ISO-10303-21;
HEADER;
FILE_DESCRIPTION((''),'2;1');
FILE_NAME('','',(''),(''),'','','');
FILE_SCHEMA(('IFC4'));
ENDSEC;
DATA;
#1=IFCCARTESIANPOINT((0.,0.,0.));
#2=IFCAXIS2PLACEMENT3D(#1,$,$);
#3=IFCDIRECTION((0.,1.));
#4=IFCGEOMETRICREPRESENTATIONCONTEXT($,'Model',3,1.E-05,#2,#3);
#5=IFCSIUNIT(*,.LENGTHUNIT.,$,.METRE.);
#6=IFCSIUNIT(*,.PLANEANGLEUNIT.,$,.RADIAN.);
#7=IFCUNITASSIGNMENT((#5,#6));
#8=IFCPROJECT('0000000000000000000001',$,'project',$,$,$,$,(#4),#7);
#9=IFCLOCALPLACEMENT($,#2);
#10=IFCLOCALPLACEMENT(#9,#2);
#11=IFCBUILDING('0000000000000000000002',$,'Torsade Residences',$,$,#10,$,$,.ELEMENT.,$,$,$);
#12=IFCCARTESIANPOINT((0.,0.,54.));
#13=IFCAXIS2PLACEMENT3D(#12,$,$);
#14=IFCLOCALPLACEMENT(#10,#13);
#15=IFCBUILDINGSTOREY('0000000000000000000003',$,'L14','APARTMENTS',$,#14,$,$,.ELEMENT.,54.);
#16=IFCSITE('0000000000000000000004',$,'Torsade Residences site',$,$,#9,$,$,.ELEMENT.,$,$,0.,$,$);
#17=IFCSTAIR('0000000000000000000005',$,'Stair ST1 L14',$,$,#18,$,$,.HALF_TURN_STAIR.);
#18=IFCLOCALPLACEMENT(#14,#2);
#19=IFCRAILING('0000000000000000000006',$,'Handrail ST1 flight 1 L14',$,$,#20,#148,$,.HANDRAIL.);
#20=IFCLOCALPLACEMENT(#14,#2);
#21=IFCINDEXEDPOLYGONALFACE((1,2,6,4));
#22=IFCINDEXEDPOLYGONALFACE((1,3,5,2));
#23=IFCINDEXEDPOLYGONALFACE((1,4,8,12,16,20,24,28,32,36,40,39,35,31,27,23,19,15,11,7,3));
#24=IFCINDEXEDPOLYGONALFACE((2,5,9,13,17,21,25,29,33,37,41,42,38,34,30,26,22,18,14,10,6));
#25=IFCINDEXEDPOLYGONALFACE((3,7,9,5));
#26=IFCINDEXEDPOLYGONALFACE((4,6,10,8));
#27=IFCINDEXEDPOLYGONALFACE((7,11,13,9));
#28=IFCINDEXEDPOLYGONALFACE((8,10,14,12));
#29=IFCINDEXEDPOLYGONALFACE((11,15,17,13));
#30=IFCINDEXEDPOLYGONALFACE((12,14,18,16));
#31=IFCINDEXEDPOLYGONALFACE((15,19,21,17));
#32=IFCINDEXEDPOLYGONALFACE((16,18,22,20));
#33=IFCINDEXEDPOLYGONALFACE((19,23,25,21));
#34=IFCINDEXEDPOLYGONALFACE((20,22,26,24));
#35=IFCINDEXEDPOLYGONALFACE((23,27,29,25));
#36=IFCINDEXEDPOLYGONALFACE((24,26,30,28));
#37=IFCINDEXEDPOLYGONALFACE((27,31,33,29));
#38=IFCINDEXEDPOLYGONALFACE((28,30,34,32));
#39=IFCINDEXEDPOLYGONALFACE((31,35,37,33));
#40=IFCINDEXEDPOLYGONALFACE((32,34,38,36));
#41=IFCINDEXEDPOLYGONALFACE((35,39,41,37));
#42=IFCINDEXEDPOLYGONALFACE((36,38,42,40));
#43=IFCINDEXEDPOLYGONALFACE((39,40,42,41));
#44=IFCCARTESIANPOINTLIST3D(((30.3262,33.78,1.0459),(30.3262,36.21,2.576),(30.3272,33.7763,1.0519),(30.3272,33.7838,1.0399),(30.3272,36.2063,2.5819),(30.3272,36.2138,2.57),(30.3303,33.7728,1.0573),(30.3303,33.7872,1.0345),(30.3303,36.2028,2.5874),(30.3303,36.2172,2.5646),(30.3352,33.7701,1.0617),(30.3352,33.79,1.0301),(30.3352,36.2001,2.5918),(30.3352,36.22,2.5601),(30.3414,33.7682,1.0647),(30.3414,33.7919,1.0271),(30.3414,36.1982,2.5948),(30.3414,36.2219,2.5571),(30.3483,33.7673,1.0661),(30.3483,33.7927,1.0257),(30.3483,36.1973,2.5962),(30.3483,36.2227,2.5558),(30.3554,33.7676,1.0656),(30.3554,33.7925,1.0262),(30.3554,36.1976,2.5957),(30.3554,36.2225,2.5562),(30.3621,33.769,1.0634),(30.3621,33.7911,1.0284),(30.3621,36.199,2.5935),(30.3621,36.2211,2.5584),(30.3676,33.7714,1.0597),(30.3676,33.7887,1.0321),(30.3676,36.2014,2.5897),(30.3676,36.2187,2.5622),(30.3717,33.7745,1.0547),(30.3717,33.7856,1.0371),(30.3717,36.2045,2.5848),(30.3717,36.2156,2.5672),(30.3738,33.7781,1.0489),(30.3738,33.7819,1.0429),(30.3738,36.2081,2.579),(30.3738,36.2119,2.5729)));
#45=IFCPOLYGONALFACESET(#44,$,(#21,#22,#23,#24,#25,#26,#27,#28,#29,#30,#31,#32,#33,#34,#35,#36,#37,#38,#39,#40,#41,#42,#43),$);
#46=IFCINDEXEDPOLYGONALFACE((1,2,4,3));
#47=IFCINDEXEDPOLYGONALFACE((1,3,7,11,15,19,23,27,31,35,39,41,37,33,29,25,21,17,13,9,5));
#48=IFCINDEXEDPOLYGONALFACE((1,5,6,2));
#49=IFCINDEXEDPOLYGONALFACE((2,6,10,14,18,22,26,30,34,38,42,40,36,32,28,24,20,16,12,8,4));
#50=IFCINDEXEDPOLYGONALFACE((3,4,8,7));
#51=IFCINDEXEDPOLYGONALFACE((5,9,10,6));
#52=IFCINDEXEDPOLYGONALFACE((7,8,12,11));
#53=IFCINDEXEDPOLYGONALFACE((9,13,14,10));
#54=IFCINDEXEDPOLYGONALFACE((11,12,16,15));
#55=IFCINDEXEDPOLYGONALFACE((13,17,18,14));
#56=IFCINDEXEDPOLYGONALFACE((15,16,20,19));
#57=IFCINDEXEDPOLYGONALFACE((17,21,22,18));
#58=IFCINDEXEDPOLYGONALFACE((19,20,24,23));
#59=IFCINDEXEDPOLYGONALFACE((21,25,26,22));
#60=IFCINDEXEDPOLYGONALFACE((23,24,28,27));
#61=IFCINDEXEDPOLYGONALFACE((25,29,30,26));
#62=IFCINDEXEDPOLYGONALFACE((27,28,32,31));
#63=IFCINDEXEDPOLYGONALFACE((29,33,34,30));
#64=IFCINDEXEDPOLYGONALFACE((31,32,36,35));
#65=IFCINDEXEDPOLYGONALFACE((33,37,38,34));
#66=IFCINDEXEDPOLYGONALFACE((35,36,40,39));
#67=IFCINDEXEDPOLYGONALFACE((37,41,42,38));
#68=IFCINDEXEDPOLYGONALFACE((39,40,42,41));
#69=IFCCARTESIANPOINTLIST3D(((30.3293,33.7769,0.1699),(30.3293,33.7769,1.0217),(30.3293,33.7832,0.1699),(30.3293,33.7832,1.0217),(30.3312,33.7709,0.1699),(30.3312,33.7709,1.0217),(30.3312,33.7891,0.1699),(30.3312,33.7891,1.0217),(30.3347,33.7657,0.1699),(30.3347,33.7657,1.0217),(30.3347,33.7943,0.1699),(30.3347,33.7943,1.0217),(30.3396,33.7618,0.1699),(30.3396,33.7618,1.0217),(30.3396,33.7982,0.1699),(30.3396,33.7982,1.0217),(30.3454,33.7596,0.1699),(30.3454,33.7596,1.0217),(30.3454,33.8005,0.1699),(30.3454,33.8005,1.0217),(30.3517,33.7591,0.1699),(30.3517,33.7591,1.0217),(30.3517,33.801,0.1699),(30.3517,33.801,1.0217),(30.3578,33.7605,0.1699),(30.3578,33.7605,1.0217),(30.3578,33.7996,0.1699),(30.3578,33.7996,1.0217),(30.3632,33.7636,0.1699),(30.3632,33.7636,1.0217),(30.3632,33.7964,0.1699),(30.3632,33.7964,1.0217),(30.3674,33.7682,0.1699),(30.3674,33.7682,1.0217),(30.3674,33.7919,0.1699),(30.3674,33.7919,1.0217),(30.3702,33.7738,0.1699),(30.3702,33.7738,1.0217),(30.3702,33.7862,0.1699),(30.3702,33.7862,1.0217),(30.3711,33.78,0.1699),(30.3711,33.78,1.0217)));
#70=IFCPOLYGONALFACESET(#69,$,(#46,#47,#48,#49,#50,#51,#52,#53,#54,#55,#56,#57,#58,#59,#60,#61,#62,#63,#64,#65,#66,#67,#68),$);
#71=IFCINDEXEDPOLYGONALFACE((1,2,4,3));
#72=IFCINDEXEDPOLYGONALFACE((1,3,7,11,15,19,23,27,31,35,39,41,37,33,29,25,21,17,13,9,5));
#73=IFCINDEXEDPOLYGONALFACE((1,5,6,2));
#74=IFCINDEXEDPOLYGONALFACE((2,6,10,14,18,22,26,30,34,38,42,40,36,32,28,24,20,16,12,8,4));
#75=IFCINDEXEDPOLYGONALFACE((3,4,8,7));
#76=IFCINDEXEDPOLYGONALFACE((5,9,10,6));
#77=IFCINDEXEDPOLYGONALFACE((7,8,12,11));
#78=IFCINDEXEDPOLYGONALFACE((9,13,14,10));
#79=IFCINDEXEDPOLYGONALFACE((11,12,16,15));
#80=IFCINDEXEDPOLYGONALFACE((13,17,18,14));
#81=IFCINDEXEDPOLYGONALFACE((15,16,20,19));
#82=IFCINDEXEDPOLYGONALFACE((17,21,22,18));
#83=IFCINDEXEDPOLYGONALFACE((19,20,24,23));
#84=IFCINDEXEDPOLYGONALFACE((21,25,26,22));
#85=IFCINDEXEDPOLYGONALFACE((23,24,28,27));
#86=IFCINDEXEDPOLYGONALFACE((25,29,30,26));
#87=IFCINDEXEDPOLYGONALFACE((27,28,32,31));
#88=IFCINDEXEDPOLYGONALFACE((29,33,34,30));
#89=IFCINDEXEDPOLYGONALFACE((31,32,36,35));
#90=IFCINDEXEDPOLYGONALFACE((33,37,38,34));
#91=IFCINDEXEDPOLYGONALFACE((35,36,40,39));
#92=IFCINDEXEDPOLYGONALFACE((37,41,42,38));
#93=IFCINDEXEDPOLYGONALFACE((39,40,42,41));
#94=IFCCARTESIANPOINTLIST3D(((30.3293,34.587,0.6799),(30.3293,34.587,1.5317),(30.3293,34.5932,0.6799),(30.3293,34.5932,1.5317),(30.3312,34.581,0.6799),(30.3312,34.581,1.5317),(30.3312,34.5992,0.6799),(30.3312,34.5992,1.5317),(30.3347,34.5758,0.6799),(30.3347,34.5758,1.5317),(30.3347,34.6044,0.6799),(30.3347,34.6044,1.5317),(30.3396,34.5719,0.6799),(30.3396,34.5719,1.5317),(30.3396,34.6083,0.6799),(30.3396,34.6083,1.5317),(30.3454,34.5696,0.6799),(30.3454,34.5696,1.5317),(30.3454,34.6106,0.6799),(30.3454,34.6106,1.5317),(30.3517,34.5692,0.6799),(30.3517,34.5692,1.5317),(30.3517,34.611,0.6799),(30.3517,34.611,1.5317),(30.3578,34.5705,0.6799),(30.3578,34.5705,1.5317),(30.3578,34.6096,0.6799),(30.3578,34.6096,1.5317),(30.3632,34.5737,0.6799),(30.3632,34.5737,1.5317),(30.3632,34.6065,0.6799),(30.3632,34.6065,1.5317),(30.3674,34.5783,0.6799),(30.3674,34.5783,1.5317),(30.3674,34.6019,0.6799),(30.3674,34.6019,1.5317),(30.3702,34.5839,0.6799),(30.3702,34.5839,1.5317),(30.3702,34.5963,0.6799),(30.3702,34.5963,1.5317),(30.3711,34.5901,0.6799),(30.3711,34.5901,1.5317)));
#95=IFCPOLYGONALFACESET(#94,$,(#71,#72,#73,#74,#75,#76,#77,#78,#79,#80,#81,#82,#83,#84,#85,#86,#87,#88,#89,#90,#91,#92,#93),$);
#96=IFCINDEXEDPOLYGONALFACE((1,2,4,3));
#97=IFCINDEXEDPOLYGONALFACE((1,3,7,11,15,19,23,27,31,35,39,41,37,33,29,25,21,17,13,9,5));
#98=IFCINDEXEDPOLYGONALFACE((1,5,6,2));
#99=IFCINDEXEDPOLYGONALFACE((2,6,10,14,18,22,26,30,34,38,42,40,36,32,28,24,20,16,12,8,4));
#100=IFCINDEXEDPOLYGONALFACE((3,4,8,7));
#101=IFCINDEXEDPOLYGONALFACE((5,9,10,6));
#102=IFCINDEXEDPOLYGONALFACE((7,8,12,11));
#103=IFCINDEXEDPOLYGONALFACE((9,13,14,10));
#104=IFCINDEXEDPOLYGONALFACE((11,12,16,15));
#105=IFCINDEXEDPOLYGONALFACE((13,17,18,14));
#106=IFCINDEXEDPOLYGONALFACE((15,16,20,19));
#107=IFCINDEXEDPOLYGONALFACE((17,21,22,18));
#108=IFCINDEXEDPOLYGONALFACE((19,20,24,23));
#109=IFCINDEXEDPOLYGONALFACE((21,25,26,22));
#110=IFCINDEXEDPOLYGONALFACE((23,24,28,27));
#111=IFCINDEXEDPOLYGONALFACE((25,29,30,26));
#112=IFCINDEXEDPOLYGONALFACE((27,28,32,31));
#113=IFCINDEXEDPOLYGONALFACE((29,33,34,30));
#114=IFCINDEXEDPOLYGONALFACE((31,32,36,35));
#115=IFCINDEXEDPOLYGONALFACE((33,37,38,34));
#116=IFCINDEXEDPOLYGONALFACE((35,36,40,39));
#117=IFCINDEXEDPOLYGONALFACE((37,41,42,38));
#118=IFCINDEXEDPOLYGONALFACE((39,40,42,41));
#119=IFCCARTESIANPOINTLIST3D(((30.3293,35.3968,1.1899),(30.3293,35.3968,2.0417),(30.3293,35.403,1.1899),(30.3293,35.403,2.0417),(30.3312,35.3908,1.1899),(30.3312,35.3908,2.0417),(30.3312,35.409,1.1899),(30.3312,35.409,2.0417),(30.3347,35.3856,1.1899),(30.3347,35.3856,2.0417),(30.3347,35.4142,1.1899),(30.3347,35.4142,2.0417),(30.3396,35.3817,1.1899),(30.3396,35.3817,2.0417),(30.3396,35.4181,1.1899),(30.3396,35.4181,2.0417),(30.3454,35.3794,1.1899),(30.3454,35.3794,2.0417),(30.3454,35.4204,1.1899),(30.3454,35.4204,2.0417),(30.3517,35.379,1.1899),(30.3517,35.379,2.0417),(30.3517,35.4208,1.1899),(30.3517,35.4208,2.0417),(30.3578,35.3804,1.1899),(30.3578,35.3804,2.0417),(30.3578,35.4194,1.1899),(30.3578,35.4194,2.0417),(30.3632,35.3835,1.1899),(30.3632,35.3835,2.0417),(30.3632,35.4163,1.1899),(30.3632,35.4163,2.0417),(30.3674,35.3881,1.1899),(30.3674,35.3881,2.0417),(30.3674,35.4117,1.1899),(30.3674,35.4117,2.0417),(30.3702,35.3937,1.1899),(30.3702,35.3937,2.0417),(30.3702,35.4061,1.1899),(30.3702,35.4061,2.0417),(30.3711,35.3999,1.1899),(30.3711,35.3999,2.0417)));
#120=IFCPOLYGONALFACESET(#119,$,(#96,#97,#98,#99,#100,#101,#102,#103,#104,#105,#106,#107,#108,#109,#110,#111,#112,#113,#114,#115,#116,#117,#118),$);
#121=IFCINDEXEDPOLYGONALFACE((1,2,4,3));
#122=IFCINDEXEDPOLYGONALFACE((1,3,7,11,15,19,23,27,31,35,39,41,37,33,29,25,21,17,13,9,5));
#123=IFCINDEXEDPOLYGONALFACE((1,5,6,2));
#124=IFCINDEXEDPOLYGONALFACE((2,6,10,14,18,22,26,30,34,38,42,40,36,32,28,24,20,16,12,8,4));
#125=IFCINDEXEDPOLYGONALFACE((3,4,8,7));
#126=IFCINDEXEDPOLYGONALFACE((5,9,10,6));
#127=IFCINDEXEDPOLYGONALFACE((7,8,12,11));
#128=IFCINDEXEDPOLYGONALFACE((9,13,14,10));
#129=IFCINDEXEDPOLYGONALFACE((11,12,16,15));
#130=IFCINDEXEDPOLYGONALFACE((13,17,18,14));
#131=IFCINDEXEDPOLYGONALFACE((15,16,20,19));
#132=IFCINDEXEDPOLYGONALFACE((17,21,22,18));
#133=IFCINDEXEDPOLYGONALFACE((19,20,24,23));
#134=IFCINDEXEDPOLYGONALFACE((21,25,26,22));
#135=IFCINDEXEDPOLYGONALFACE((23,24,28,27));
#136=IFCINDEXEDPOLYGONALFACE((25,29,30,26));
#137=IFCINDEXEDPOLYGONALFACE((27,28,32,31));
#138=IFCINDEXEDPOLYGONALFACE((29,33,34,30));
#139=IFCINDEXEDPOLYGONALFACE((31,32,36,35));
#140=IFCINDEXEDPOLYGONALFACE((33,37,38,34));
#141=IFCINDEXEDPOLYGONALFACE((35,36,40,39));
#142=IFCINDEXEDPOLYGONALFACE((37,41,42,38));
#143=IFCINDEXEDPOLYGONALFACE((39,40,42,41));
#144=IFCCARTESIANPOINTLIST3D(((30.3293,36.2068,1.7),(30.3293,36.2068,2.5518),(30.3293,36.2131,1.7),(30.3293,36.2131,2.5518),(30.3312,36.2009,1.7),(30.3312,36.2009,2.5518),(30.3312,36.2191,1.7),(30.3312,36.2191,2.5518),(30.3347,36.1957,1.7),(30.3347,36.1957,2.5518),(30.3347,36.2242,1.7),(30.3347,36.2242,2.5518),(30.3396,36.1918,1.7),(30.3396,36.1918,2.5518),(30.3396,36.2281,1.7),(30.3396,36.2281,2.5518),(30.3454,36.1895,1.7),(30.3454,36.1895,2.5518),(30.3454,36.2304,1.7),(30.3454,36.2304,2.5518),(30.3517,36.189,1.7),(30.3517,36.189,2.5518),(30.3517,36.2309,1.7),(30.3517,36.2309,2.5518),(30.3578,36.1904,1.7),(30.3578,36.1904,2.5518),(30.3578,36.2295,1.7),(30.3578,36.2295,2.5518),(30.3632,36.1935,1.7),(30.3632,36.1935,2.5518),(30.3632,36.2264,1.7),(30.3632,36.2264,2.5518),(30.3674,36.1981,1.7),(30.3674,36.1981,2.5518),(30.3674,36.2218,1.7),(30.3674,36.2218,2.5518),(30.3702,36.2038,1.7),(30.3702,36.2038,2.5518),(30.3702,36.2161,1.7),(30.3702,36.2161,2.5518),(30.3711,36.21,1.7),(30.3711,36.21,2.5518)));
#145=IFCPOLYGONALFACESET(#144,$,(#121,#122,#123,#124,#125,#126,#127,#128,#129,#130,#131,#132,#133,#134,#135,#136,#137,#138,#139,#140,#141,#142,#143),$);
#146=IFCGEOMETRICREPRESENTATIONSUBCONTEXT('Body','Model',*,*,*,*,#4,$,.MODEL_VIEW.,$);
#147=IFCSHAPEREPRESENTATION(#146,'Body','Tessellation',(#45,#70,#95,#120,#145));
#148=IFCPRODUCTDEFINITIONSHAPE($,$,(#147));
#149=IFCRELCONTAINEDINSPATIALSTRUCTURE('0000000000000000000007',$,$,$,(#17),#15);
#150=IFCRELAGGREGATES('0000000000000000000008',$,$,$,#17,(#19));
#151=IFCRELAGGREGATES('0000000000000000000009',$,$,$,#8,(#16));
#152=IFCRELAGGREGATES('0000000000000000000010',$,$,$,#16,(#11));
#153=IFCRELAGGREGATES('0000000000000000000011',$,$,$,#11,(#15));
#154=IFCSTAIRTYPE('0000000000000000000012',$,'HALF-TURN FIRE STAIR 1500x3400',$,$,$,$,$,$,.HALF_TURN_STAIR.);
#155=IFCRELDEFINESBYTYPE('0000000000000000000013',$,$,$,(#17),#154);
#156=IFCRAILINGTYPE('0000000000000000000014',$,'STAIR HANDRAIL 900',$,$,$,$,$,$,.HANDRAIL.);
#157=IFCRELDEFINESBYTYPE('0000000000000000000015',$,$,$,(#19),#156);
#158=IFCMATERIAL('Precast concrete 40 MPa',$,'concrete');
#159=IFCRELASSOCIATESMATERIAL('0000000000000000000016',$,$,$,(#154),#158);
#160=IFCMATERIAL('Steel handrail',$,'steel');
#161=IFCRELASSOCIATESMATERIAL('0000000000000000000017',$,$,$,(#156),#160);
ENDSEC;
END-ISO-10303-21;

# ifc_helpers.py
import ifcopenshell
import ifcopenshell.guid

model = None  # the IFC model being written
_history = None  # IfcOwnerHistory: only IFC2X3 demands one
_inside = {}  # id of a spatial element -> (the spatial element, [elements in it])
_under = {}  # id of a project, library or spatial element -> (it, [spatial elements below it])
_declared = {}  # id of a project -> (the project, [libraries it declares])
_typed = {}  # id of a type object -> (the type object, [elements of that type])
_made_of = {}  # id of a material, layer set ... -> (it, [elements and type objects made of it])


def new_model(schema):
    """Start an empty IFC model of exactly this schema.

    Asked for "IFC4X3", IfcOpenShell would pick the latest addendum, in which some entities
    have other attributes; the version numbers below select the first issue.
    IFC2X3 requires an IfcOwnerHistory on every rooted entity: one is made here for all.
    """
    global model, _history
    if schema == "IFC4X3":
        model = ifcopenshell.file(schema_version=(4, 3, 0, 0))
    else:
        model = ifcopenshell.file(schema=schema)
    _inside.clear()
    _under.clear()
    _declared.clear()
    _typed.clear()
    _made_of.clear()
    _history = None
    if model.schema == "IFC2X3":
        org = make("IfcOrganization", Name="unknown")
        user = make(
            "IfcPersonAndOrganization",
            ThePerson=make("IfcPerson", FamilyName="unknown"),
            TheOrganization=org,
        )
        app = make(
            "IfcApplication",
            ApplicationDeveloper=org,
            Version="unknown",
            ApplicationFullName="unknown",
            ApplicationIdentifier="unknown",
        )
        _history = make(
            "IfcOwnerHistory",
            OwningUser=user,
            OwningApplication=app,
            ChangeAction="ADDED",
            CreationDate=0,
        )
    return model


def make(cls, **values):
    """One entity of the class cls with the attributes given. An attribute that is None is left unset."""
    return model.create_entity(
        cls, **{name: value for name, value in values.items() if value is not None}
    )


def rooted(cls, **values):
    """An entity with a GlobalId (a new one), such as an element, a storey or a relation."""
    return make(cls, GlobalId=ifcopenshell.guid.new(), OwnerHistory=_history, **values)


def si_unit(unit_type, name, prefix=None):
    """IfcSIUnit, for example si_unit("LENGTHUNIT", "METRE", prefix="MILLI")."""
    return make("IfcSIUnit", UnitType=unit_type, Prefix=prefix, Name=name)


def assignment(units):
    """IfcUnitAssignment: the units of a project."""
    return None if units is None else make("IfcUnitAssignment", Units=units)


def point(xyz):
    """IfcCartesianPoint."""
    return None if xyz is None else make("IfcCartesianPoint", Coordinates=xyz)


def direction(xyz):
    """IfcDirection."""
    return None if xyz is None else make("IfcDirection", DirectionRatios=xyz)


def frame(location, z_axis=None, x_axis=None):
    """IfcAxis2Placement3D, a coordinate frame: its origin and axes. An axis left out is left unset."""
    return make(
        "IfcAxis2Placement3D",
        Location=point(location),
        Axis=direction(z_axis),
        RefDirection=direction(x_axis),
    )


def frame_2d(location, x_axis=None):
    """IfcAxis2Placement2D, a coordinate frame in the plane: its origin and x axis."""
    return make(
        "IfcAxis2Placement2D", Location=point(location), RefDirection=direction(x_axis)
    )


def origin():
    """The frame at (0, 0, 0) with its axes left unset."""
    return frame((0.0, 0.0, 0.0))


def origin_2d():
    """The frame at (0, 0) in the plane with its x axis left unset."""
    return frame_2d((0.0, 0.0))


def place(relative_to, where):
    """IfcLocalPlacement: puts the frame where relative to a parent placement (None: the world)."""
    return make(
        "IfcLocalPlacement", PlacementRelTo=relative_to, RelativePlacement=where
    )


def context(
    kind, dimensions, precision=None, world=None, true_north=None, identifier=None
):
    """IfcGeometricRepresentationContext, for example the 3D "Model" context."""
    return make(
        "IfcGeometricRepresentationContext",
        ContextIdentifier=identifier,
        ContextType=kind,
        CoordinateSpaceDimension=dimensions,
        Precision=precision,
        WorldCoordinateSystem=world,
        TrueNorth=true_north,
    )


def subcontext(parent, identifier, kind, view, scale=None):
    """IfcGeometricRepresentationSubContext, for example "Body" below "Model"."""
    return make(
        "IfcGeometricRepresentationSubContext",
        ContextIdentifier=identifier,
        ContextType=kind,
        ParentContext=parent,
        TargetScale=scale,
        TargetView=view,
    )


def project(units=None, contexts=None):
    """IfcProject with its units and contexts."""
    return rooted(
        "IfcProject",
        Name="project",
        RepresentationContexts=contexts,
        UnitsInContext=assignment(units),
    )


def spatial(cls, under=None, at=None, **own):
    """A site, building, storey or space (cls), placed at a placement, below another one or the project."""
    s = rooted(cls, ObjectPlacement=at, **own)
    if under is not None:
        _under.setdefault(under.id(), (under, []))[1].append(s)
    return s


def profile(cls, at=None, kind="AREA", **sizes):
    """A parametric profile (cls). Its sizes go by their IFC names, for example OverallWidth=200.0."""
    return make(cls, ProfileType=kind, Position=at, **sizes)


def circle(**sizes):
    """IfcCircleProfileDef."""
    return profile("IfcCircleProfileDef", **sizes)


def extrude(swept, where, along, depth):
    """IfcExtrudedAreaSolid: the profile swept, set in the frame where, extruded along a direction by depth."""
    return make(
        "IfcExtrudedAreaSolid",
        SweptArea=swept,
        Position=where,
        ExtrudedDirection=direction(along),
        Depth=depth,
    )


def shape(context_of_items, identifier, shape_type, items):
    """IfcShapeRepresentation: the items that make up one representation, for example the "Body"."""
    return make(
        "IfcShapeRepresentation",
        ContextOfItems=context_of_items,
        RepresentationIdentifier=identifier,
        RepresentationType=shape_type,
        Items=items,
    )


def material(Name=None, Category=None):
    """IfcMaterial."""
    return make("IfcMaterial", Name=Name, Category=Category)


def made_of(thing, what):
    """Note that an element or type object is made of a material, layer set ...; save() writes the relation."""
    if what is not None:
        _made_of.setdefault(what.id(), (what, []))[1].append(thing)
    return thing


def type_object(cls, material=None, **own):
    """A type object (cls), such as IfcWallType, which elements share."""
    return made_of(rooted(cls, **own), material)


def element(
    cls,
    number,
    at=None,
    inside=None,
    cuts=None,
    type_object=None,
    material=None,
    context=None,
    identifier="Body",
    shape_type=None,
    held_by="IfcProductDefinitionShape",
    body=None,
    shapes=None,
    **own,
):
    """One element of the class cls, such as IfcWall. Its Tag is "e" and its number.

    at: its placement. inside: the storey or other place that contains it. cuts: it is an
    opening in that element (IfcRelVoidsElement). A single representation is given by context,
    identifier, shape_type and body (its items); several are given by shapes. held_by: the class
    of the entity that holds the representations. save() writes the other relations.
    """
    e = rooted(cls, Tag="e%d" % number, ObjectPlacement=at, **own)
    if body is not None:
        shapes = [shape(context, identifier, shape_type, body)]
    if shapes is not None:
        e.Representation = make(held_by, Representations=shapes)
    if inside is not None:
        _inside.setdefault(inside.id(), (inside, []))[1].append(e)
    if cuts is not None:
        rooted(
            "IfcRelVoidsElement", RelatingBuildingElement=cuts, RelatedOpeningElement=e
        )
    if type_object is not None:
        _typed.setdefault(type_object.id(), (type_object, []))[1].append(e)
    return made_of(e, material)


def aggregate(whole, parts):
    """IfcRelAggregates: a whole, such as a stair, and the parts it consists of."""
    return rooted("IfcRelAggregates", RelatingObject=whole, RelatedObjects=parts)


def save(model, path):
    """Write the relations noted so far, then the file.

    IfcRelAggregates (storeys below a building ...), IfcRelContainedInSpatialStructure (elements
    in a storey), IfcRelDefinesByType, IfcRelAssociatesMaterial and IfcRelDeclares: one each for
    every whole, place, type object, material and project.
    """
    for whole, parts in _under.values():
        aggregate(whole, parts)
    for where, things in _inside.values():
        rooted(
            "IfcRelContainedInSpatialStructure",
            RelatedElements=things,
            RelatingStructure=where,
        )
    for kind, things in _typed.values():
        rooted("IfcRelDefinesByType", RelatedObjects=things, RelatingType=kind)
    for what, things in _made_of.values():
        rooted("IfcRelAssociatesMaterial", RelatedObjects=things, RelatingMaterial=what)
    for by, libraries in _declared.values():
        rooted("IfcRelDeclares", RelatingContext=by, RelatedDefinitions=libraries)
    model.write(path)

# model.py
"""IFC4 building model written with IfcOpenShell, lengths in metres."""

from ifc_helpers import new_model, si_unit, direction, frame, origin, origin_2d, place, context, subcontext, project, spatial, circle, extrude, material, type_object, element, aggregate, save


model = new_model("IFC4")

# Units and contexts
model_context = context("Model", 3, precision=1e-05, world=origin(), true_north=direction((0.0, 1.0)))
body_context = subcontext(model_context, "Body", "Model", "MODEL_VIEW")
ifc_project = project(units=[si_unit("LENGTHUNIT", "METRE"), si_unit("PLANEANGLEUNIT", "RADIAN")], contexts=[model_context])

# Site, building, storey
site_placement = place(None, origin())
site = spatial("IfcSite", under=ifc_project, at=site_placement, Name="Torsade Residences site", CompositionType="ELEMENT", RefElevation=0.0)
building_placement = place(site_placement, origin())
building = spatial("IfcBuilding", under=site, at=building_placement, Name="Torsade Residences", CompositionType="ELEMENT")
storey_placement = place(building_placement, frame((0.0, 0.0, 54.0)))
storey = spatial("IfcBuildingStorey", under=building, at=storey_placement, Name="L14", Description="APARTMENTS", CompositionType="ELEMENT", Elevation=54.0)

# Stair, railing
ifc_material_1 = material(Name="Precast concrete 40 MPa", Category="concrete")
stair_type = type_object("IfcStairType", Name="HALF-TURN FIRE STAIR 1500x3400", PredefinedType="HALF_TURN_STAIR", material=ifc_material_1)
stair_placement = place(storey_placement, origin())
stair = element("IfcStair", 1, at=stair_placement, inside=storey, type_object=stair_type, Name="Stair ST1 L14", PredefinedType="HALF_TURN_STAIR")
ifc_material_2 = material(Name="Steel handrail", Category="steel")
railing_type = type_object("IfcRailingType", Name="STAIR HANDRAIL 900", PredefinedType="HANDRAIL", material=ifc_material_2)
railing_1_placement = place(storey_placement, frame((30.3501, 33.78, 0.1699)))
railing_1 = element("IfcRailing", 2, at=railing_1_placement, type_object=railing_type, Name="Handrail ST1 flight 1 L14", PredefinedType="HANDRAIL", context=body_context, shape_type="SweptSolid", body=[
    extrude(circle(Radius=0.0239, at=origin_2d()), frame((0.0, 0.0, 0.876), z_axis=(0.0, 0.846221, 0.532831), x_axis=(-1.0, 0.0, 0.0)), (0.0, 0.0, 1.0), 2.8716),
    extrude(circle(Radius=0.021, at=origin_2d()), origin(), (0.0, 0.0, 1.0), 0.8518),
    extrude(circle(Radius=0.021, at=origin_2d()), frame((0.0, 0.8101, 0.51)), (0.0, 0.0, 1.0), 0.8518),
    extrude(circle(Radius=0.021, at=origin_2d()), frame((0.0, 1.6199, 1.02)), (0.0, 0.0, 1.0), 0.8518),
    extrude(circle(Radius=0.021, at=origin_2d()), frame((0.0, 2.4299, 1.53)), (0.0, 0.0, 1.0), 0.8518),
])
aggregate(stair, [railing_1])

save(model, "model.ifc")
